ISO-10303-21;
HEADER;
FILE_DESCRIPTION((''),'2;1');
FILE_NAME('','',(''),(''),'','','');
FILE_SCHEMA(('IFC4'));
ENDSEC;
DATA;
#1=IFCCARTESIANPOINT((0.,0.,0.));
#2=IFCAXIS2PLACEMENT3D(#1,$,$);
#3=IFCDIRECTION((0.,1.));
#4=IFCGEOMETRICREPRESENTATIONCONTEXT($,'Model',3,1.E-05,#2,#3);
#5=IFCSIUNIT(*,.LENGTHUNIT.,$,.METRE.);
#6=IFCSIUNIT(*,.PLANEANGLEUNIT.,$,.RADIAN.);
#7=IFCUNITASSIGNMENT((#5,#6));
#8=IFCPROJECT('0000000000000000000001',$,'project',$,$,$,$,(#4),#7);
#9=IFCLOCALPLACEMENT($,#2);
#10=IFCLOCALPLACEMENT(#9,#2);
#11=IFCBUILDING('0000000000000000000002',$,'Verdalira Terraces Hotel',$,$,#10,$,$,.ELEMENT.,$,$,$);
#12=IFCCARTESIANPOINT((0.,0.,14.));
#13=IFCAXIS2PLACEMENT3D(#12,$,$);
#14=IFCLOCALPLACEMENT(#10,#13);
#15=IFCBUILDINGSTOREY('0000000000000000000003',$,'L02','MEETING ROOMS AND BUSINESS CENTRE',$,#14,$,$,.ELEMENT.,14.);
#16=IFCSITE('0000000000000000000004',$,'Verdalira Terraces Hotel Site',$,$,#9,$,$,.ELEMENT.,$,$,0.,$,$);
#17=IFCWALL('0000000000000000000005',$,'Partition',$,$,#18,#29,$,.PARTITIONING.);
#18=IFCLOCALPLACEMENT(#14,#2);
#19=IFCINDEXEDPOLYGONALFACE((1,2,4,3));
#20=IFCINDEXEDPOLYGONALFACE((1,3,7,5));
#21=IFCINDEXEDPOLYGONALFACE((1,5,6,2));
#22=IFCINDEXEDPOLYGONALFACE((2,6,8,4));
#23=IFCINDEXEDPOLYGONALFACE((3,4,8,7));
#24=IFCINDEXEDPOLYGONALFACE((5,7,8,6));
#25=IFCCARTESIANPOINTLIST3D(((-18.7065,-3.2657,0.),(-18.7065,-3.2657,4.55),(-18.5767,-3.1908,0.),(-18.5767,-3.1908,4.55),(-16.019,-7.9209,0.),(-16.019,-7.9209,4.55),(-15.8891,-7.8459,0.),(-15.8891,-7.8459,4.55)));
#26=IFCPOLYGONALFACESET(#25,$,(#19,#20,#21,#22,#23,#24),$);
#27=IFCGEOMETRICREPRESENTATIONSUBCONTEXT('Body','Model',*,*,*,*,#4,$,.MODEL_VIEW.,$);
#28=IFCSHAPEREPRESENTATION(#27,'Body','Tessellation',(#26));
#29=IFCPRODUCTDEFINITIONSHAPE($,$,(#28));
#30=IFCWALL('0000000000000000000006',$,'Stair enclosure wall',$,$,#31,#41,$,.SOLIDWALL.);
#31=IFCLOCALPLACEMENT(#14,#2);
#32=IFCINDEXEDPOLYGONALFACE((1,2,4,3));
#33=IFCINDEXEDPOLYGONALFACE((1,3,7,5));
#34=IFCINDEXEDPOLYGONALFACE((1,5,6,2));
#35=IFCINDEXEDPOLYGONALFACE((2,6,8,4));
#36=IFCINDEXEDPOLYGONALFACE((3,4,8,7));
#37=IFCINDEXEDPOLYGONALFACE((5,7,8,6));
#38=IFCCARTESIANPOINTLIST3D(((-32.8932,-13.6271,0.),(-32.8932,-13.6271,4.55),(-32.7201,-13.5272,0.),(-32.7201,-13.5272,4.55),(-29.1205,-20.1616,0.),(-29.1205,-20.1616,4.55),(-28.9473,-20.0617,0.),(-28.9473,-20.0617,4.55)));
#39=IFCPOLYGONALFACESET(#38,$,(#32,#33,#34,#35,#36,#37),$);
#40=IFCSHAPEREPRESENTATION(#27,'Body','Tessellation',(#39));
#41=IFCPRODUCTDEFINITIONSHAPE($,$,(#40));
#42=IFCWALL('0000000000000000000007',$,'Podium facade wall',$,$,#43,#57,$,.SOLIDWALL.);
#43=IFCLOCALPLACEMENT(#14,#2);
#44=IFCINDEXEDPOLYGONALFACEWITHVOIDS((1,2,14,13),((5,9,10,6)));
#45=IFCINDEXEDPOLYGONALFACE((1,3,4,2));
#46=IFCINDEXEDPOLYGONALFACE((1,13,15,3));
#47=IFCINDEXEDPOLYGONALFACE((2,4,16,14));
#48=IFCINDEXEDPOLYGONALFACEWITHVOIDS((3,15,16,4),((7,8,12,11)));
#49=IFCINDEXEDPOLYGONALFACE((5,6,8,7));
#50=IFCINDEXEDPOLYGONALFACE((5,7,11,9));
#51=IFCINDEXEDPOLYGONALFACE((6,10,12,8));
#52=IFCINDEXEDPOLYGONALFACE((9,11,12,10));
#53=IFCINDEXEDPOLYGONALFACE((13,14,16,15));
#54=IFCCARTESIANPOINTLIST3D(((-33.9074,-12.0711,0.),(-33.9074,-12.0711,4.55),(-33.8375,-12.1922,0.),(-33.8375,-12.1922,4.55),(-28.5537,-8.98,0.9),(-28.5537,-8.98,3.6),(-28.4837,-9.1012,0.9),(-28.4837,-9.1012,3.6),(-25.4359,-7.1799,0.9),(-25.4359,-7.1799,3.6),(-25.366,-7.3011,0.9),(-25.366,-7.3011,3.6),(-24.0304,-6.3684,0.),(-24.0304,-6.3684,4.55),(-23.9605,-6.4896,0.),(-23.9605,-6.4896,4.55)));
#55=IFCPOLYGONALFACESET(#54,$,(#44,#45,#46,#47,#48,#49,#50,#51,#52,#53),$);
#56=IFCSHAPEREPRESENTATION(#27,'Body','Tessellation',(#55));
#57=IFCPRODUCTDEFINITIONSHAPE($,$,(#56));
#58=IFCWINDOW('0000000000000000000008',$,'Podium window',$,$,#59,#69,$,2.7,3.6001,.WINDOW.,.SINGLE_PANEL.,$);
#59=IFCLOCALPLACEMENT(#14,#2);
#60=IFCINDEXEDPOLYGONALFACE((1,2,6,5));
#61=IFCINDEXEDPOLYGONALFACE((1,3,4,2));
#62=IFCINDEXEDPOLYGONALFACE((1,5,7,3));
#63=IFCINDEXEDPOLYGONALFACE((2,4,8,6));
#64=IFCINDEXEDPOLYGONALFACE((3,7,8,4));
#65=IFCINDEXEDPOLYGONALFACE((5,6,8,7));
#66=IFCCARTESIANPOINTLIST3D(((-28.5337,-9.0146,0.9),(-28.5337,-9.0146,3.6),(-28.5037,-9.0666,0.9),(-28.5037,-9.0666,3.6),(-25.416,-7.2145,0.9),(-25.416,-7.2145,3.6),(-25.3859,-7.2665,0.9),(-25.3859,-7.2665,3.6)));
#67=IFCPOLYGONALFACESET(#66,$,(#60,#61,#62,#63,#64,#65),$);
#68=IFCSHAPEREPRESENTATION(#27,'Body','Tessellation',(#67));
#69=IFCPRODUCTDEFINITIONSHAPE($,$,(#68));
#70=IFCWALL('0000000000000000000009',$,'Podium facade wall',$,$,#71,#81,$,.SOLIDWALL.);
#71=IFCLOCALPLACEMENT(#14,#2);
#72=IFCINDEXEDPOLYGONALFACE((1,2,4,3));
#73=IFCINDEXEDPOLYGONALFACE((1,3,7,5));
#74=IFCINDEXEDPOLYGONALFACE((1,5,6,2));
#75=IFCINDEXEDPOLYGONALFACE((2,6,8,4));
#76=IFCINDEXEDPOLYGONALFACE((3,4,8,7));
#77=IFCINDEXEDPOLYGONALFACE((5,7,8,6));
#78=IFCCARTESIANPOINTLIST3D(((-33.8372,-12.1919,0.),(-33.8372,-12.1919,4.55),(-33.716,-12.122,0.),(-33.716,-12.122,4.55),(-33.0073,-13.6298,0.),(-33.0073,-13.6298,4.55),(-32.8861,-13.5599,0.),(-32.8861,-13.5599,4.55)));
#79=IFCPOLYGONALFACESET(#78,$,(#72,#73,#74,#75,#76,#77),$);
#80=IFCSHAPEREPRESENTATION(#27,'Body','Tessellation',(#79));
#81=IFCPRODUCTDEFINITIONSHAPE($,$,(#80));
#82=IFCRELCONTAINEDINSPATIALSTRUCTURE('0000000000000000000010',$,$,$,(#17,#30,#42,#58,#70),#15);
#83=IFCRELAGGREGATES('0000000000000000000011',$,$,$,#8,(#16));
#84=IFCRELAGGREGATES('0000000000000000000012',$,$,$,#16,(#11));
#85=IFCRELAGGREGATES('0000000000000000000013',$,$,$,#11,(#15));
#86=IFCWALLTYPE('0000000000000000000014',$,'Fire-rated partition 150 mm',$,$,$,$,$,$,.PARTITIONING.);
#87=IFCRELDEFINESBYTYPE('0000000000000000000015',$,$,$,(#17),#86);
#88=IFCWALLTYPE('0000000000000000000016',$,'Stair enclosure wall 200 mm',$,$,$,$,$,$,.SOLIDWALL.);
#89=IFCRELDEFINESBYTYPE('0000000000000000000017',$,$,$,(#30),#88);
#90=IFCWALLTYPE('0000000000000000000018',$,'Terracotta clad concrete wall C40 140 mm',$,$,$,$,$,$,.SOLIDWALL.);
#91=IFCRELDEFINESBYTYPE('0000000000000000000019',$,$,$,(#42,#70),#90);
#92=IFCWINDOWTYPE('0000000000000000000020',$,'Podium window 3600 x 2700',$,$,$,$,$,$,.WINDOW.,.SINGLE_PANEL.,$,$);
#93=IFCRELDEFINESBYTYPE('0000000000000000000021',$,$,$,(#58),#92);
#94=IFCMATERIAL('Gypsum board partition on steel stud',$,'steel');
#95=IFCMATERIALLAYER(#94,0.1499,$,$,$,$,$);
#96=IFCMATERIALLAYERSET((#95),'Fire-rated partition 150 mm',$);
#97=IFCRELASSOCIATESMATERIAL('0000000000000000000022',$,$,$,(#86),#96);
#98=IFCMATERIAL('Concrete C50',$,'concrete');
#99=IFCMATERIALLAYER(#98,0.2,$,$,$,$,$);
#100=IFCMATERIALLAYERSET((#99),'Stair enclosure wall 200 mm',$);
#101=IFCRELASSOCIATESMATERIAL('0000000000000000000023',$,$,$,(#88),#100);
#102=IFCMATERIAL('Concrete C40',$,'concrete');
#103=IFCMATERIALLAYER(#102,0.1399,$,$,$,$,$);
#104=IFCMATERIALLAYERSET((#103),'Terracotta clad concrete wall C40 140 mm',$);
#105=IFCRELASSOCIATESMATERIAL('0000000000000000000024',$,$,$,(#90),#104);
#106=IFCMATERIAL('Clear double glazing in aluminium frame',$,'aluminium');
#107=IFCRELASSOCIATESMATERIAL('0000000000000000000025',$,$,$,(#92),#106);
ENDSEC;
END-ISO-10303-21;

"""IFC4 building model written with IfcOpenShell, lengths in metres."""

from ifc_helpers import new_model, si_unit, direction, frame, frame_2d, origin, place, context, subcontext, project, spatial, rectangle, extrude, material, layer, layer_set, type_object, element, fill, save


model = new_model("IFC4")

# Units and contexts
model_context = context("Model", 3, precision=1e-05, world=origin(), true_north=direction((0.0, 1.0)))
body_context = subcontext(model_context, "Body", "Model", "MODEL_VIEW")
ifc_project = project(units=[si_unit("LENGTHUNIT", "METRE"), si_unit("PLANEANGLEUNIT", "RADIAN")], contexts=[model_context])

# Site, building, storey
site_placement = place(None, origin())
site = spatial("IfcSite", under=ifc_project, at=site_placement, Name="Verdalira Terraces Hotel Site", CompositionType="ELEMENT", RefElevation=0.0)
building_placement = place(site_placement, origin())
building = spatial("IfcBuilding", under=site, at=building_placement, Name="Verdalira Terraces Hotel", CompositionType="ELEMENT")
storey_placement = place(building_placement, frame((0.0, 0.0, 14.0)))
storey = spatial("IfcBuildingStorey", under=building, at=storey_placement, Name="L02", Description="MEETING ROOMS AND BUSINESS CENTRE", CompositionType="ELEMENT", Elevation=14.0)

# Shared definitions
ifc_material_1 = material(Name="Gypsum board partition on steel stud", Category="steel")
ifc_layer_1 = layer(ifc_material_1, 0.1499)
ifc_layer_set_1 = layer_set([ifc_layer_1], Name="Fire-rated partition 150 mm")
wall_type_1 = type_object("IfcWallType", Name="Fire-rated partition 150 mm", PredefinedType="PARTITIONING", material=ifc_layer_set_1)

# Walls
wall_1_placement = place(storey_placement, frame((-15.9541, -7.8833, 0.0), z_axis=(0.0, 0.0, 1.0), x_axis=(-0.499989, 0.866032, 0.0)))
element("IfcWall", 1, at=wall_1_placement, inside=storey, type_object=wall_type_1, Name="Partition", PredefinedType="PARTITIONING", context=body_context, shape_type="SweptSolid", body=[
    extrude(rectangle(XDim=5.3752, YDim=0.1499, at=frame_2d((2.6875, 0.0))), origin(), (0.0, 0.0, 1.0), 4.55),
])
ifc_material_2 = material(Name="Concrete C50", Category="concrete")
ifc_layer_2 = layer(ifc_material_2, 0.2)
ifc_layer_set_2 = layer_set([ifc_layer_2], Name="Stair enclosure wall 200 mm")
wall_type_2 = type_object("IfcWallType", Name="Stair enclosure wall 200 mm", PredefinedType="SOLIDWALL", material=ifc_layer_set_2)
wall_2_placement = place(storey_placement, frame((-32.8066, -13.5771, 0.0), z_axis=(0.0, 0.0, 1.0), x_axis=(0.500005, -0.866022, 0.0)))
element("IfcWall", 2, at=wall_2_placement, inside=storey, type_object=wall_type_2, Name="Stair enclosure wall", PredefinedType="SOLIDWALL", context=body_context, shape_type="SweptSolid", body=[
    extrude(rectangle(XDim=7.5454, YDim=0.2, at=frame_2d((3.7727, 0.0))), origin(), (0.0, 0.0, 1.0), 4.55),
])

# Wall, opening, window
ifc_material_3 = material(Name="Concrete C40", Category="concrete")
ifc_layer_3 = layer(ifc_material_3, 0.1399)
ifc_layer_set_3 = layer_set([ifc_layer_3], Name="Terracotta clad concrete wall C40 140 mm")
wall_type_3 = type_object("IfcWallType", Name="Terracotta clad concrete wall C40 140 mm", PredefinedType="SOLIDWALL", material=ifc_layer_set_3)
wall_3_placement = place(storey_placement, frame((-23.9954, -6.429, 0.0), z_axis=(0.0, 0.0, 1.0), x_axis=(-0.866019, -0.500012, 0.0)))
wall_3 = element("IfcWall", 3, at=wall_3_placement, inside=storey, type_object=wall_type_3, Name="Podium facade wall", PredefinedType="SOLIDWALL", context=body_context, shape_type="SweptSolid", body=[
    extrude(rectangle(XDim=11.405, YDim=0.1399, at=frame_2d((5.7026, 0.0))), origin(), (0.0, 0.0, 1.0), 4.55),
])
opening_1_placement = place(wall_3_placement, frame((1.623, 0.0, 0.8999)))
opening_1 = element("IfcOpeningElement", 4, at=opening_1_placement, cuts=wall_3, PredefinedType="OPENING", context=body_context, shape_type="SweptSolid", body=[
    extrude(rectangle(XDim=3.6001, YDim=2.7, at=frame_2d((1.8, 1.3501))), frame((0.0, 0.0798, 0.0), z_axis=(0.0, -1.0, 0.0), x_axis=(1.0, 0.0, 0.0)), (0.0, 0.0, 1.0), 0.1599),
])
ifc_material_4 = material(Name="Clear double glazing in aluminium frame", Category="aluminium")
window_type = type_object("IfcWindowType", Name="Podium window 3600 x 2700", PartitioningType="SINGLE_PANEL", PredefinedType="WINDOW", material=ifc_material_4)
window_placement = place(opening_1_placement, origin())
window = element("IfcWindow", 5, at=window_placement, inside=storey, type_object=window_type, Name="Podium window", OverallHeight=2.7, OverallWidth=3.6001, PartitioningType="SINGLE_PANEL", PredefinedType="WINDOW", context=body_context, shape_type="SweptSolid", body=[
    extrude(rectangle(XDim=3.6001, YDim=2.7, at=frame_2d((1.8, 1.3501))), frame((0.0, 0.03, 0.0), z_axis=(0.0, -1.0, 0.0), x_axis=(1.0, 0.0, 0.0)), (0.0, 0.0, 1.0), 0.0601),
])
fill(opening_1, window)

# Wall
wall_4_placement = place(storey_placement, frame((-33.7766, -12.157, 0.0), z_axis=(0.0, 0.0, 1.0), x_axis=(0.499888, -0.86609, 0.0)))
element("IfcWall", 6, at=wall_4_placement, inside=storey, type_object=wall_type_3, Name="Podium facade wall", PredefinedType="SOLIDWALL", context=body_context, shape_type="SweptSolid", body=[
    extrude(rectangle(XDim=1.6602, YDim=0.1399, at=frame_2d((0.8301, 0.0))), origin(), (0.0, 0.0, 1.0), 4.55),
])

save(model, "model.ifc")
